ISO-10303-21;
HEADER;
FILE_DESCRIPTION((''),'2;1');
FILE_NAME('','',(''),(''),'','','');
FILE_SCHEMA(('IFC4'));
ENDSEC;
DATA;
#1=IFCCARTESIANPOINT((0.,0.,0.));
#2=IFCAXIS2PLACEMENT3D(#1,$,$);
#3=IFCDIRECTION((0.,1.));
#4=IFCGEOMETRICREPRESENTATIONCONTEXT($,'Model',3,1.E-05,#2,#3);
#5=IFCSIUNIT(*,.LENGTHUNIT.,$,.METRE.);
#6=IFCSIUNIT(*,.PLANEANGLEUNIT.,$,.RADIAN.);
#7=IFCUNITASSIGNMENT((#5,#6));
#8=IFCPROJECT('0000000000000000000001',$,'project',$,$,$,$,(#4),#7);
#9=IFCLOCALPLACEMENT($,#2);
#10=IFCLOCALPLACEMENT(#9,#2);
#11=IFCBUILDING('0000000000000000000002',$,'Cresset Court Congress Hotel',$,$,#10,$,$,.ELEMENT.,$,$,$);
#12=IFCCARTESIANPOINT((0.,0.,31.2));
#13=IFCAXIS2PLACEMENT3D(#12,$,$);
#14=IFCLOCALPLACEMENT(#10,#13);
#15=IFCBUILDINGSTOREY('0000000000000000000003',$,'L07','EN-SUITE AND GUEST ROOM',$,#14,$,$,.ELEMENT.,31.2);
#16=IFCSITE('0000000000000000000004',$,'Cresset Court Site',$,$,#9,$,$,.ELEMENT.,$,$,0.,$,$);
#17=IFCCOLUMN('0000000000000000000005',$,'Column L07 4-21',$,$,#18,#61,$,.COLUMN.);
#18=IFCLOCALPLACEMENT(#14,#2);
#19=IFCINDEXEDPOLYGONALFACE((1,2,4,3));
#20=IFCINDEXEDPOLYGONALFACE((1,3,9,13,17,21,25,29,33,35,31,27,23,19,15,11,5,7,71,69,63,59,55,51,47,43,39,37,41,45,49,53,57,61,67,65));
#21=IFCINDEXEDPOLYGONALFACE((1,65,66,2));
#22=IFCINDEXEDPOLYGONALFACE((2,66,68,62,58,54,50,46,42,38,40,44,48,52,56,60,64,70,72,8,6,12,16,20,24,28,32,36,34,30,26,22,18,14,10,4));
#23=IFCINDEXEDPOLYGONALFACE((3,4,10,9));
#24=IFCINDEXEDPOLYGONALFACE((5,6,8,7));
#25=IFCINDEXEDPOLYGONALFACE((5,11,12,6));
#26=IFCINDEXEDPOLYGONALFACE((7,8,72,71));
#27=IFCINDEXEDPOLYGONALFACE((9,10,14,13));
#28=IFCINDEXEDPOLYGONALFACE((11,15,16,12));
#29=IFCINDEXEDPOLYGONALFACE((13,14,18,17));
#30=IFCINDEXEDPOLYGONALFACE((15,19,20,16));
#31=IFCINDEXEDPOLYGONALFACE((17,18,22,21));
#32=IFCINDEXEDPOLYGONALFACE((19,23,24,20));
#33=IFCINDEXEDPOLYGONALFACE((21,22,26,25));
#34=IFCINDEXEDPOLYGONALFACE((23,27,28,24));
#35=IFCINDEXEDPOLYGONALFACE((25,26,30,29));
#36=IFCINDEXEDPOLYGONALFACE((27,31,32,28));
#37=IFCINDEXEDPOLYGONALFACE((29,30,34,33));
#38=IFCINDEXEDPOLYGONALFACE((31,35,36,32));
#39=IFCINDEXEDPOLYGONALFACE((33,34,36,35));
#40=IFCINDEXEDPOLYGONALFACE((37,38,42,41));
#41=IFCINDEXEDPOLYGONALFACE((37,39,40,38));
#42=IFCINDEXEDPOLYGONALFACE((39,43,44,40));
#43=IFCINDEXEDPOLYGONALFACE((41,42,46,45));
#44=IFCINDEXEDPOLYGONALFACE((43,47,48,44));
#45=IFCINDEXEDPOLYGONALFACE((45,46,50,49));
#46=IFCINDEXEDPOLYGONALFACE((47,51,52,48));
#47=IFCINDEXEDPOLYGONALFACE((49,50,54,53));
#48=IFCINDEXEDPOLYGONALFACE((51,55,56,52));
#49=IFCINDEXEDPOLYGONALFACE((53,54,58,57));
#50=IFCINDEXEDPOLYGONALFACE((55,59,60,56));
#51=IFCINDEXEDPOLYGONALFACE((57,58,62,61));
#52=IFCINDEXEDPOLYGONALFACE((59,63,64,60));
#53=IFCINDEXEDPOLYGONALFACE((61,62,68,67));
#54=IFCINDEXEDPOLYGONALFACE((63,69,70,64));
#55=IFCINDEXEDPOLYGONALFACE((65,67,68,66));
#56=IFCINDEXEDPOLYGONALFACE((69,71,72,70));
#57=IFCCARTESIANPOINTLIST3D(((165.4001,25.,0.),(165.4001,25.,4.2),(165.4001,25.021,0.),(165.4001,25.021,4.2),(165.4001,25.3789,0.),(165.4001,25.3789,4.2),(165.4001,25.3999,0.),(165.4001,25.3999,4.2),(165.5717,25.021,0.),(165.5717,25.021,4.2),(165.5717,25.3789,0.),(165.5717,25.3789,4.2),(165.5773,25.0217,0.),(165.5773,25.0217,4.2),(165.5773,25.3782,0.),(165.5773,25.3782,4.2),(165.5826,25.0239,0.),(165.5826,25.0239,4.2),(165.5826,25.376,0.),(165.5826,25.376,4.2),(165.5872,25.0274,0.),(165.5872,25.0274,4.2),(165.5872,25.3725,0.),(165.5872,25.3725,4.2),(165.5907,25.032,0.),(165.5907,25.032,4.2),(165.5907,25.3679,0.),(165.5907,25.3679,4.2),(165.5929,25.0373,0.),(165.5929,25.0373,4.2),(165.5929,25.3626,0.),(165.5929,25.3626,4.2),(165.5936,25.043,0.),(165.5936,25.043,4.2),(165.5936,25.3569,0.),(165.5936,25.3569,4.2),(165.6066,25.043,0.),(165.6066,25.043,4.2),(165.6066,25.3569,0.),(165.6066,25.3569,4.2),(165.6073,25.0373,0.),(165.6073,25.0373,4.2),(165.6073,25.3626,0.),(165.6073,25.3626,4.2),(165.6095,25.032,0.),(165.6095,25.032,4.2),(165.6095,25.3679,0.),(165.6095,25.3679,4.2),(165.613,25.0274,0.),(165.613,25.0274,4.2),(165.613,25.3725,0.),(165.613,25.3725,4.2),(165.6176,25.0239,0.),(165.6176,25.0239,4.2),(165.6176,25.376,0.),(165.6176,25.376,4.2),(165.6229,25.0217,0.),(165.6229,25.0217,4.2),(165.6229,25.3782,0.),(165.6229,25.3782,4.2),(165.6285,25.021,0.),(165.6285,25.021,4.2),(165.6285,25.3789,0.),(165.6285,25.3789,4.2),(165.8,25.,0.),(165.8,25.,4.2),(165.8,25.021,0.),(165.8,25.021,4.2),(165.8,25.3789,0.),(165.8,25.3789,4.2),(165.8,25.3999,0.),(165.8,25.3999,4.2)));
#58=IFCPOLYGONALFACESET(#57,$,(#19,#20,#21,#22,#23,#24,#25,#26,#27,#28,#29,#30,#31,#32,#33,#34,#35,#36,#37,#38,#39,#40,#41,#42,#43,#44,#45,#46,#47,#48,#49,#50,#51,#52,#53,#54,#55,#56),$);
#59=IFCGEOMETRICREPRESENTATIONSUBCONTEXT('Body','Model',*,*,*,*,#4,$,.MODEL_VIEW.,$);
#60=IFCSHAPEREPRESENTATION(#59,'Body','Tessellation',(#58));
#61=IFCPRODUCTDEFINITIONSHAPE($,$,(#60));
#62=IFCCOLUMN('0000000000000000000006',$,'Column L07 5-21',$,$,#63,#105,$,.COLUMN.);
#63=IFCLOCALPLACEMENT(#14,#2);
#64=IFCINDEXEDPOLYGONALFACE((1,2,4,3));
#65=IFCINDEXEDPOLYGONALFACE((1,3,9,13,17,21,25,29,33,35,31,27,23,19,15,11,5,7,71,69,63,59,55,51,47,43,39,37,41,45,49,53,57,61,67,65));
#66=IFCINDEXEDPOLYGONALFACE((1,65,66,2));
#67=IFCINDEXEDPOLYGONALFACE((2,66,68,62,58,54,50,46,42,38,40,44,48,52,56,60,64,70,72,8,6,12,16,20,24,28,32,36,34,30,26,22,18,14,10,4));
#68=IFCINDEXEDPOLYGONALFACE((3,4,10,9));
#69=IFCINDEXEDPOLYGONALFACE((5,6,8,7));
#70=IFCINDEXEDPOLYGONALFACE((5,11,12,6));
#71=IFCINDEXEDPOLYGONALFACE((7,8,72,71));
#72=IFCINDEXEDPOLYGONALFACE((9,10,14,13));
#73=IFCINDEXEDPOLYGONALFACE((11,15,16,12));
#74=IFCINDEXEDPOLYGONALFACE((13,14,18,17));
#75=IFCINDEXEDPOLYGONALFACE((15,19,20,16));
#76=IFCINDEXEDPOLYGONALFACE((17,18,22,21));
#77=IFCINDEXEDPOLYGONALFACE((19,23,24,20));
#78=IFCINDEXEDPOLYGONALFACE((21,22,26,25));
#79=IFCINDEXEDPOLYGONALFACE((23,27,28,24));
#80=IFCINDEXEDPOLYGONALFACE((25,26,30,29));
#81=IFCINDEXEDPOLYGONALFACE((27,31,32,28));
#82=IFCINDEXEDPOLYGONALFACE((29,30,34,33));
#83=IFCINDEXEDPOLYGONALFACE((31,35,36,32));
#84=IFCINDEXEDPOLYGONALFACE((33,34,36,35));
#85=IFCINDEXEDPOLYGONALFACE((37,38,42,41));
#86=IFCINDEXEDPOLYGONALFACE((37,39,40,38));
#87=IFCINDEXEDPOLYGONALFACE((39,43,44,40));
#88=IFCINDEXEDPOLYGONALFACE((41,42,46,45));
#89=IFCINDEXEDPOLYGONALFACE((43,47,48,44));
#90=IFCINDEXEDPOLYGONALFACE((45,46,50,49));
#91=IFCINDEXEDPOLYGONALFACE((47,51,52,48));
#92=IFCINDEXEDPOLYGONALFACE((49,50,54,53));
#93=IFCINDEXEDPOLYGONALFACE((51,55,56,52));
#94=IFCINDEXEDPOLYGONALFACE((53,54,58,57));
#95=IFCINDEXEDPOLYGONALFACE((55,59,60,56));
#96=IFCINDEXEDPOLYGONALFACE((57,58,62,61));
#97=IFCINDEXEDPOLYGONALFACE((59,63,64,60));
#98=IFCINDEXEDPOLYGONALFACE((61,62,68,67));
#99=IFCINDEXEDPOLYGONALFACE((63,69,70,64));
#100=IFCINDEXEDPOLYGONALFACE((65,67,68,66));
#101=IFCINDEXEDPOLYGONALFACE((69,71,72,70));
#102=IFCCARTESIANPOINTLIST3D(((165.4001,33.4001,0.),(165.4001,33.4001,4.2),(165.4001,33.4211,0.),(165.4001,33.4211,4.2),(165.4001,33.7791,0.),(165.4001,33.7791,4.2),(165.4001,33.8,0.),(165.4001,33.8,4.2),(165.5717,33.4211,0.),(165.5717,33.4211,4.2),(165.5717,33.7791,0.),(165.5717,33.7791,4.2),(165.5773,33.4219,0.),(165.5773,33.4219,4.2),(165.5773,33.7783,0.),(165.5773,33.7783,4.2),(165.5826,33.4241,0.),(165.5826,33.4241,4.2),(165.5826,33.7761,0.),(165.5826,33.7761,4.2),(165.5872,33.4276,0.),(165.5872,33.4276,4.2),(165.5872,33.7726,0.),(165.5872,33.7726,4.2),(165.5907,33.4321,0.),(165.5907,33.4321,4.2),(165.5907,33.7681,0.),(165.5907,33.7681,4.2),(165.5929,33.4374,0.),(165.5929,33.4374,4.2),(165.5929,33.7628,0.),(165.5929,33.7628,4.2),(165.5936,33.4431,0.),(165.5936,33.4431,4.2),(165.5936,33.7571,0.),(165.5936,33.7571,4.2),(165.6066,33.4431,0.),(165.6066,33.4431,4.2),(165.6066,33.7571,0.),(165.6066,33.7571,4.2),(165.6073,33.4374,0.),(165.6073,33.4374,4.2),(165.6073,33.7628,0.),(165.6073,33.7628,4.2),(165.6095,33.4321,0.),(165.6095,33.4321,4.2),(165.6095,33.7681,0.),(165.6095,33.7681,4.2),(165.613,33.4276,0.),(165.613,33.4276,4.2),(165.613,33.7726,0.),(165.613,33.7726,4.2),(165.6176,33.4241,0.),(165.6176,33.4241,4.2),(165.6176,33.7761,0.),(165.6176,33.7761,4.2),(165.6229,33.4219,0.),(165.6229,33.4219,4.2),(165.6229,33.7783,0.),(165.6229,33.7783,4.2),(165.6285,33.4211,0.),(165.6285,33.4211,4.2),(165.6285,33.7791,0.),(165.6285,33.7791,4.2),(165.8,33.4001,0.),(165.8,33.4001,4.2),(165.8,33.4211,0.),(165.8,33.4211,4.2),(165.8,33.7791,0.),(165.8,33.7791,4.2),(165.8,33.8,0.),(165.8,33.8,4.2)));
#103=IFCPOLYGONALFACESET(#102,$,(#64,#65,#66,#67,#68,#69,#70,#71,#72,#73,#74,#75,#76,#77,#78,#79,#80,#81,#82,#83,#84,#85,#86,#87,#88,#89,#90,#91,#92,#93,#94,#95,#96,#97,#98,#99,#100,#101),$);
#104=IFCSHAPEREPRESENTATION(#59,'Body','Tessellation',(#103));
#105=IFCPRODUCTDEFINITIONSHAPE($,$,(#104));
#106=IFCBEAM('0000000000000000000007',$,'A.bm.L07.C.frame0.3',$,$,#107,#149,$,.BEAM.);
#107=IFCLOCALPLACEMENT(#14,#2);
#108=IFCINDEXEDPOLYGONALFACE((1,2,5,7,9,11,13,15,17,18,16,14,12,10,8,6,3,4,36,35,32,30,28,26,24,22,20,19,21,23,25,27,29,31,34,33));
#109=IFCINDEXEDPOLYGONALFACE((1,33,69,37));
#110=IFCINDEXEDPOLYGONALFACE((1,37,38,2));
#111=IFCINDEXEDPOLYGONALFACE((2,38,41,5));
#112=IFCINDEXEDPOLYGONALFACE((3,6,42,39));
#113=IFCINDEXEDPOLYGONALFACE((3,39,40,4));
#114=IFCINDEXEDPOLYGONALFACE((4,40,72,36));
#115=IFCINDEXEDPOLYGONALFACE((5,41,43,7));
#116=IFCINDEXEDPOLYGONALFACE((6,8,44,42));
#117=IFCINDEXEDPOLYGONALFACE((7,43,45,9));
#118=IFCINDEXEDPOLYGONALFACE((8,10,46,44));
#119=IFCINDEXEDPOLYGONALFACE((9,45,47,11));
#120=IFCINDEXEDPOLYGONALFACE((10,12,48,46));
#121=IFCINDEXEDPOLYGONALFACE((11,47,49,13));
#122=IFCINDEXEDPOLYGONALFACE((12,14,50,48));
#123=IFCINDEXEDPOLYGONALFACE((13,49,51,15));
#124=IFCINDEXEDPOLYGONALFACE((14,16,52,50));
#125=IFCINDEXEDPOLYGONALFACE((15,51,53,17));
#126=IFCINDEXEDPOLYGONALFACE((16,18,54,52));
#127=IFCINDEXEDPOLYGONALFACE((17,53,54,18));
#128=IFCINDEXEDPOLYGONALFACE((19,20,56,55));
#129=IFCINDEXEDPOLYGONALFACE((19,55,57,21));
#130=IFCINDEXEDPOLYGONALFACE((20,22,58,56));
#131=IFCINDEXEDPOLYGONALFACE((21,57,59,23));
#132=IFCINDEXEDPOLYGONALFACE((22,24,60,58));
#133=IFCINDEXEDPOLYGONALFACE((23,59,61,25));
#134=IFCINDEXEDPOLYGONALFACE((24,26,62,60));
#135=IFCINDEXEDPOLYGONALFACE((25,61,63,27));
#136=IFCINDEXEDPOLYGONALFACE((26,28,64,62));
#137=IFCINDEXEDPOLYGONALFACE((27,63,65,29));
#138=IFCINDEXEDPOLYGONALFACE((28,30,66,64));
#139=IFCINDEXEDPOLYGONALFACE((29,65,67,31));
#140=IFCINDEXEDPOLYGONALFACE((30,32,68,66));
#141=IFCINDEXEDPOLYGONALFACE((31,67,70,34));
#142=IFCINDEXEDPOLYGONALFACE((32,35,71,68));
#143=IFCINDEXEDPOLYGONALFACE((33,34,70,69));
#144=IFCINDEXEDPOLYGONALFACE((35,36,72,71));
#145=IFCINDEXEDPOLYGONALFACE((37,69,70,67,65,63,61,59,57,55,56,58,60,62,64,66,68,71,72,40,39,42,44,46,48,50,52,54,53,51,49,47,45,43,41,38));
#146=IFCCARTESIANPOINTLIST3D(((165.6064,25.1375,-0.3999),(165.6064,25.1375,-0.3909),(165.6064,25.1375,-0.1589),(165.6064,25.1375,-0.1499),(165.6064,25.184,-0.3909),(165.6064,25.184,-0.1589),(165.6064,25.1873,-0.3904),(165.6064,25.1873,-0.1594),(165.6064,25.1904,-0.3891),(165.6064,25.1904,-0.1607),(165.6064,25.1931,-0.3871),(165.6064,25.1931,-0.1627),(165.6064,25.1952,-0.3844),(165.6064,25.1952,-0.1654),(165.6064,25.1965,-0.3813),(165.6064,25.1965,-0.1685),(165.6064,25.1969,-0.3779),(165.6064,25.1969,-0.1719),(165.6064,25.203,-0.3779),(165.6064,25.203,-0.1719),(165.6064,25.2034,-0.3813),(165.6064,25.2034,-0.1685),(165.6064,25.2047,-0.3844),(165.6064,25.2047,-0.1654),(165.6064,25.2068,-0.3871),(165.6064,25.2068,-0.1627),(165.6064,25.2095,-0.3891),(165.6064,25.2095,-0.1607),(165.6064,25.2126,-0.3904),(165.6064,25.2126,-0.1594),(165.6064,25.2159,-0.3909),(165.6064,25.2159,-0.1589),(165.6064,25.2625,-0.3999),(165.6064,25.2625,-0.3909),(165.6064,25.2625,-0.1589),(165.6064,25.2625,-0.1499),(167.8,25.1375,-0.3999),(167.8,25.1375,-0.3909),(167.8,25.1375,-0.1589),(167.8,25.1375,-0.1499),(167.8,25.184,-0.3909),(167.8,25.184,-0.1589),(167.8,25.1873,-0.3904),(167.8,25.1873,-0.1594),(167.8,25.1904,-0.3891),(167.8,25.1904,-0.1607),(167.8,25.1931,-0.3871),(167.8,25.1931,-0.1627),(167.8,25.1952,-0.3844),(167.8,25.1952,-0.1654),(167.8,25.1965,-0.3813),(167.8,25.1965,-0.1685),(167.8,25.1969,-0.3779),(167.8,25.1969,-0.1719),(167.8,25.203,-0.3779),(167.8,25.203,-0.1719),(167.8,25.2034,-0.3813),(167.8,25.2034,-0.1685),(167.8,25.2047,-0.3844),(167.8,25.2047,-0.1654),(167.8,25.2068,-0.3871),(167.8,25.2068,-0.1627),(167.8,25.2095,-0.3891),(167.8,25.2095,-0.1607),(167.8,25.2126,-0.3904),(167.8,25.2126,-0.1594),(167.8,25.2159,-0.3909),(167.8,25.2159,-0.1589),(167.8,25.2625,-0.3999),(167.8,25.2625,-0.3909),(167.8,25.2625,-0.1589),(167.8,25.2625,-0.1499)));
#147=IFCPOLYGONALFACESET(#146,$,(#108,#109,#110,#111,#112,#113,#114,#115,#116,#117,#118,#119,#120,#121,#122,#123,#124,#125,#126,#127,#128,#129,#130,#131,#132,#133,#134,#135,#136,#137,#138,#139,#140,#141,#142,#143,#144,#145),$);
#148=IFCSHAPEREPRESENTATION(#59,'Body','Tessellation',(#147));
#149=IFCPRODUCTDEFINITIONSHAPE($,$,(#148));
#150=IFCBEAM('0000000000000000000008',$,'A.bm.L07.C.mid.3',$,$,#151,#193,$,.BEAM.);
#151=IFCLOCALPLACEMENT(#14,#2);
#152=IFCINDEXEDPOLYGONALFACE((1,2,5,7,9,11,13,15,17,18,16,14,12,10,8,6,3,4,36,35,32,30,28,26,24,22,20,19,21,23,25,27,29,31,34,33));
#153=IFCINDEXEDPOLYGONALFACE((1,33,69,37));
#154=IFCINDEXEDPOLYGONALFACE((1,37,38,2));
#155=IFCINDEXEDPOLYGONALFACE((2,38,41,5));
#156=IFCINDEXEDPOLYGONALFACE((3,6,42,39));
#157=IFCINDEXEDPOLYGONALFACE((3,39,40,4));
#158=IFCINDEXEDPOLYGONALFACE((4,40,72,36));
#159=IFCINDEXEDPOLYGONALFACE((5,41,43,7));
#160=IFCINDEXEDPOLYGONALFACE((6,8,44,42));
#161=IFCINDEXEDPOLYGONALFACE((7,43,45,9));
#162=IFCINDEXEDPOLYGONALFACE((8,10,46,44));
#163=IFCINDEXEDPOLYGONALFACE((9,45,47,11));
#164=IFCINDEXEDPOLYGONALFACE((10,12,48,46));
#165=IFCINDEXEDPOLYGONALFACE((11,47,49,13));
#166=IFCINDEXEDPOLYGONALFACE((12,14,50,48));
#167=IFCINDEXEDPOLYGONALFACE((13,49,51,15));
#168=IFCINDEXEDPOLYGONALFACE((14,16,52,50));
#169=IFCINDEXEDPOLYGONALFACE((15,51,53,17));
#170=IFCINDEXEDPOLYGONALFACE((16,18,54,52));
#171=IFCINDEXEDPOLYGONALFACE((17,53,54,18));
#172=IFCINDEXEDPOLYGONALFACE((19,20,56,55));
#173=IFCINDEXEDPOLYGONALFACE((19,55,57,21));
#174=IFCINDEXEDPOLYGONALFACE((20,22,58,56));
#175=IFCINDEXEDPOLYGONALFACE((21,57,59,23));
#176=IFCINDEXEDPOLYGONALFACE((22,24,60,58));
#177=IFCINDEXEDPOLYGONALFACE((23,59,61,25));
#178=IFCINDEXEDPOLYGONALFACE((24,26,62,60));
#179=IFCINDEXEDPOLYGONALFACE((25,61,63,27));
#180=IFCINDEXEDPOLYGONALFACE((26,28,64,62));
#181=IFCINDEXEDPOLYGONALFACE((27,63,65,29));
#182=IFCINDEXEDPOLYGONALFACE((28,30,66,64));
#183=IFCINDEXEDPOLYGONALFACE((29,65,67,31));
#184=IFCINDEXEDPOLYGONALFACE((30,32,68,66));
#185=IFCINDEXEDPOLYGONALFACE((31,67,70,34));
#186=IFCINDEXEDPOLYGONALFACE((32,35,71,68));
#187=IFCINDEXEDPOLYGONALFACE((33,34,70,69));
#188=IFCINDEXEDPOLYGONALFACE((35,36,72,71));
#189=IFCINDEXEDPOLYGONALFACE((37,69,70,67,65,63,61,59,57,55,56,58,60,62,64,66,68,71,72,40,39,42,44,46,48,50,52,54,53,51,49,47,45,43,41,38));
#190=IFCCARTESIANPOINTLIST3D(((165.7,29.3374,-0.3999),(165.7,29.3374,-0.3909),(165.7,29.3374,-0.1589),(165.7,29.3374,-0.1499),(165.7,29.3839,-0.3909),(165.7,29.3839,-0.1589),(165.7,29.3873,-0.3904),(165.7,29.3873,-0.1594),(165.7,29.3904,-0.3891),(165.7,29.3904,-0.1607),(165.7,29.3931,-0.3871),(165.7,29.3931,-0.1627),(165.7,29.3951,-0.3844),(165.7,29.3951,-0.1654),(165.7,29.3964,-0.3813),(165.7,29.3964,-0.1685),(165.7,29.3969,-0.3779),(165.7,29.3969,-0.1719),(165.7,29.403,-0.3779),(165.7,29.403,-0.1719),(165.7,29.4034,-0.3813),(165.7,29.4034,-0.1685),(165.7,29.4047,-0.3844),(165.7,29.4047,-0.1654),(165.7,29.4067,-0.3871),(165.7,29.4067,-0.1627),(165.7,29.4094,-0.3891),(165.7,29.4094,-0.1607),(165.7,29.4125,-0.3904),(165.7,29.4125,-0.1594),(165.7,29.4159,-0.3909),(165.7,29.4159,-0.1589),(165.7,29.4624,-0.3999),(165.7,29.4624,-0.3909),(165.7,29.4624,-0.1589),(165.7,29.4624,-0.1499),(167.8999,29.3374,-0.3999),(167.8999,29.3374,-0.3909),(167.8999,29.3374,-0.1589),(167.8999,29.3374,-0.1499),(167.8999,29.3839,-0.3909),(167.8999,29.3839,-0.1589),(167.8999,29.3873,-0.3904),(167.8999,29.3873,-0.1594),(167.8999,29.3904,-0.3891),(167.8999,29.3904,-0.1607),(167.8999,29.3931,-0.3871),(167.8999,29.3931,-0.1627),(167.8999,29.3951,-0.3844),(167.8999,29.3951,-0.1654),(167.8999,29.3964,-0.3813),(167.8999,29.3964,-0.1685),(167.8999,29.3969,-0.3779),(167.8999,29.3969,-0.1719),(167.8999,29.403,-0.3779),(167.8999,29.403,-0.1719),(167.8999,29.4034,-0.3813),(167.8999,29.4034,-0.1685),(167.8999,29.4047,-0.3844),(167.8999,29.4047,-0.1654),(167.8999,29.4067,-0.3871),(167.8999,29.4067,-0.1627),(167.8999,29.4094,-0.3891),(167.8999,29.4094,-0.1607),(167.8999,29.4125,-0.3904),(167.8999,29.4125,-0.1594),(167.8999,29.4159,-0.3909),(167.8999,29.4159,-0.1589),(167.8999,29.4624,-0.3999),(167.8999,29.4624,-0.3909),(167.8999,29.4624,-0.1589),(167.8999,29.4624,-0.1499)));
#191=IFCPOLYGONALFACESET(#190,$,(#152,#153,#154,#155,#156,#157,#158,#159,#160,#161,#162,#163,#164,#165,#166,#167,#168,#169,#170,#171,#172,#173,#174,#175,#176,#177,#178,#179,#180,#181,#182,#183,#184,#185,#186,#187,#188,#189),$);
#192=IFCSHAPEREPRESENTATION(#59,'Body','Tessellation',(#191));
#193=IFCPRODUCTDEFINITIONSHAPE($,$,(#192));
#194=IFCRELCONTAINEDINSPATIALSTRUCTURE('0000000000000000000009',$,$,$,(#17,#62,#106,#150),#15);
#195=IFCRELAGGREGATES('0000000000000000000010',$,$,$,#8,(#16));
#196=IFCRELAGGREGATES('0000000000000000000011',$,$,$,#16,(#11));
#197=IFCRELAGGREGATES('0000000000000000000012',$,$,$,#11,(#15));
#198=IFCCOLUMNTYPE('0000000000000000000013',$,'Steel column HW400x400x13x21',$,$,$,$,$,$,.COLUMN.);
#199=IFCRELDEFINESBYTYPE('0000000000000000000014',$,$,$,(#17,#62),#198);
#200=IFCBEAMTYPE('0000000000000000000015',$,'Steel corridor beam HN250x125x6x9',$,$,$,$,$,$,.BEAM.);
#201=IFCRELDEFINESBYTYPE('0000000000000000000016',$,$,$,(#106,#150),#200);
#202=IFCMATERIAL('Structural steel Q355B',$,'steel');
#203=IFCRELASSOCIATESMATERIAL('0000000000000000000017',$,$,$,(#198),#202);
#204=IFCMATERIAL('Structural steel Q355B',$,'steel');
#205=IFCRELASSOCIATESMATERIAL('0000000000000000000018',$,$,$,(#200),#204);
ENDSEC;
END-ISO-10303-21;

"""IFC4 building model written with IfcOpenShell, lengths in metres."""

from ifc_helpers import new_model, si_unit, direction, frame, origin, origin_2d, place, context, subcontext, project, spatial, i_section, extrude, material, material_profile, profile_set, type_object, element, save


model = new_model("IFC4")

# Units and contexts
model_context = context("Model", 3, precision=1e-05, world=origin(), true_north=direction((0.0, 1.0)))
body_context = subcontext(model_context, "Body", "Model", "MODEL_VIEW")
ifc_project = project(units=[si_unit("LENGTHUNIT", "METRE"), si_unit("PLANEANGLEUNIT", "RADIAN")], contexts=[model_context])

# Site, building, storey
site_placement = place(None, origin())
site = spatial("IfcSite", under=ifc_project, at=site_placement, Name="Cresset Court Site", CompositionType="ELEMENT", RefElevation=0.0)
building_placement = place(site_placement, origin())
building = spatial("IfcBuilding", under=site, at=building_placement, Name="Cresset Court Congress Hotel", CompositionType="ELEMENT")
storey_placement = place(building_placement, frame((0.0, 0.0, 31.2)))
storey = spatial("IfcBuildingStorey", under=building, at=storey_placement, Name="L07", Description="EN-SUITE AND GUEST ROOM", CompositionType="ELEMENT", Elevation=31.2)

# Columns
ifc_material_1 = material(Name="Structural steel Q355B", Category="steel")
ifc_material_profile_1 = material_profile(ifc_material_1, i_section(OverallWidth=0.3999, OverallDepth=0.3999, WebThickness=0.0129, FlangeThickness=0.021, FilletRadius=0.022, at=origin_2d()), Name="HW400x400x13x21")
ifc_profile_set_1 = profile_set([ifc_material_profile_1], Name="Structural steel Q355B")
column_type = type_object("IfcColumnType", Name="Steel column HW400x400x13x21", PredefinedType="COLUMN", material=ifc_profile_set_1)
for number, where, z_axis, x_axis, name in (
    (1, (165.6001, 25.2, 0.0), (0.0, 0.0, 1.0), (1.0, 0.0, 0.0), "Column L07 4-21"),
    (2, (165.6001, 33.6001, 0.0), (0.0, 0.0, 1.0), (1.0, 0.0, 0.0), "Column L07 5-21"),
):
    element("IfcColumn", number, at=place(storey_placement, frame(where, z_axis=z_axis, x_axis=x_axis)), inside=storey, type_object=column_type, Name=name, PredefinedType="COLUMN", context=body_context, shape_type="SweptSolid", body=[
        extrude(i_section(OverallWidth=0.3999, OverallDepth=0.3999, WebThickness=0.0129, FlangeThickness=0.021, FilletRadius=0.022, at=origin_2d()), origin(), (0.0, 0.0, 1.0), 4.2),
    ])

# Beams
ifc_material_2 = material(Name="Structural steel Q355B", Category="steel")
ifc_material_profile_2 = material_profile(ifc_material_2, i_section(OverallWidth=0.125, OverallDepth=0.25, WebThickness=0.0061, FlangeThickness=0.009, FilletRadius=0.0129, at=origin_2d()), Name="HN250x125x6x9")
ifc_profile_set_2 = profile_set([ifc_material_profile_2], Name="Structural steel Q355B")
beam_type_1 = type_object("IfcBeamType", Name="Steel corridor beam HN250x125x6x9", PredefinedType="BEAM", material=ifc_profile_set_2)
beam_1_placement = place(storey_placement, frame((165.6064, 25.2, -0.2749), z_axis=(1.0, 0.0, 0.0), x_axis=(0.0, 1.0, 0.0)))
element("IfcBeam", 3, at=beam_1_placement, inside=storey, type_object=beam_type_1, Name="A.bm.L07.C.frame0.3", PredefinedType="BEAM", context=body_context, shape_type="SweptSolid", body=[
    extrude(i_section(OverallWidth=0.125, OverallDepth=0.25, WebThickness=0.0061, FlangeThickness=0.009, FilletRadius=0.0129, at=origin_2d()), origin(), (0.0, 0.0, 1.0), 2.1936),
])
beam_2_placement = place(storey_placement, frame((165.7, 29.3999, -0.2749), z_axis=(1.0, 0.0, 0.0), x_axis=(0.0, 1.0, 0.0)))
element("IfcBeam", 4, at=beam_2_placement, inside=storey, type_object=beam_type_1, Name="A.bm.L07.C.mid.3", PredefinedType="BEAM", context=body_context, shape_type="SweptSolid", body=[
    extrude(i_section(OverallWidth=0.125, OverallDepth=0.25, WebThickness=0.0061, FlangeThickness=0.009, FilletRadius=0.0129, at=origin_2d()), origin(), (0.0, 0.0, 1.0), 2.2),
])

save(model, "model.ifc")
